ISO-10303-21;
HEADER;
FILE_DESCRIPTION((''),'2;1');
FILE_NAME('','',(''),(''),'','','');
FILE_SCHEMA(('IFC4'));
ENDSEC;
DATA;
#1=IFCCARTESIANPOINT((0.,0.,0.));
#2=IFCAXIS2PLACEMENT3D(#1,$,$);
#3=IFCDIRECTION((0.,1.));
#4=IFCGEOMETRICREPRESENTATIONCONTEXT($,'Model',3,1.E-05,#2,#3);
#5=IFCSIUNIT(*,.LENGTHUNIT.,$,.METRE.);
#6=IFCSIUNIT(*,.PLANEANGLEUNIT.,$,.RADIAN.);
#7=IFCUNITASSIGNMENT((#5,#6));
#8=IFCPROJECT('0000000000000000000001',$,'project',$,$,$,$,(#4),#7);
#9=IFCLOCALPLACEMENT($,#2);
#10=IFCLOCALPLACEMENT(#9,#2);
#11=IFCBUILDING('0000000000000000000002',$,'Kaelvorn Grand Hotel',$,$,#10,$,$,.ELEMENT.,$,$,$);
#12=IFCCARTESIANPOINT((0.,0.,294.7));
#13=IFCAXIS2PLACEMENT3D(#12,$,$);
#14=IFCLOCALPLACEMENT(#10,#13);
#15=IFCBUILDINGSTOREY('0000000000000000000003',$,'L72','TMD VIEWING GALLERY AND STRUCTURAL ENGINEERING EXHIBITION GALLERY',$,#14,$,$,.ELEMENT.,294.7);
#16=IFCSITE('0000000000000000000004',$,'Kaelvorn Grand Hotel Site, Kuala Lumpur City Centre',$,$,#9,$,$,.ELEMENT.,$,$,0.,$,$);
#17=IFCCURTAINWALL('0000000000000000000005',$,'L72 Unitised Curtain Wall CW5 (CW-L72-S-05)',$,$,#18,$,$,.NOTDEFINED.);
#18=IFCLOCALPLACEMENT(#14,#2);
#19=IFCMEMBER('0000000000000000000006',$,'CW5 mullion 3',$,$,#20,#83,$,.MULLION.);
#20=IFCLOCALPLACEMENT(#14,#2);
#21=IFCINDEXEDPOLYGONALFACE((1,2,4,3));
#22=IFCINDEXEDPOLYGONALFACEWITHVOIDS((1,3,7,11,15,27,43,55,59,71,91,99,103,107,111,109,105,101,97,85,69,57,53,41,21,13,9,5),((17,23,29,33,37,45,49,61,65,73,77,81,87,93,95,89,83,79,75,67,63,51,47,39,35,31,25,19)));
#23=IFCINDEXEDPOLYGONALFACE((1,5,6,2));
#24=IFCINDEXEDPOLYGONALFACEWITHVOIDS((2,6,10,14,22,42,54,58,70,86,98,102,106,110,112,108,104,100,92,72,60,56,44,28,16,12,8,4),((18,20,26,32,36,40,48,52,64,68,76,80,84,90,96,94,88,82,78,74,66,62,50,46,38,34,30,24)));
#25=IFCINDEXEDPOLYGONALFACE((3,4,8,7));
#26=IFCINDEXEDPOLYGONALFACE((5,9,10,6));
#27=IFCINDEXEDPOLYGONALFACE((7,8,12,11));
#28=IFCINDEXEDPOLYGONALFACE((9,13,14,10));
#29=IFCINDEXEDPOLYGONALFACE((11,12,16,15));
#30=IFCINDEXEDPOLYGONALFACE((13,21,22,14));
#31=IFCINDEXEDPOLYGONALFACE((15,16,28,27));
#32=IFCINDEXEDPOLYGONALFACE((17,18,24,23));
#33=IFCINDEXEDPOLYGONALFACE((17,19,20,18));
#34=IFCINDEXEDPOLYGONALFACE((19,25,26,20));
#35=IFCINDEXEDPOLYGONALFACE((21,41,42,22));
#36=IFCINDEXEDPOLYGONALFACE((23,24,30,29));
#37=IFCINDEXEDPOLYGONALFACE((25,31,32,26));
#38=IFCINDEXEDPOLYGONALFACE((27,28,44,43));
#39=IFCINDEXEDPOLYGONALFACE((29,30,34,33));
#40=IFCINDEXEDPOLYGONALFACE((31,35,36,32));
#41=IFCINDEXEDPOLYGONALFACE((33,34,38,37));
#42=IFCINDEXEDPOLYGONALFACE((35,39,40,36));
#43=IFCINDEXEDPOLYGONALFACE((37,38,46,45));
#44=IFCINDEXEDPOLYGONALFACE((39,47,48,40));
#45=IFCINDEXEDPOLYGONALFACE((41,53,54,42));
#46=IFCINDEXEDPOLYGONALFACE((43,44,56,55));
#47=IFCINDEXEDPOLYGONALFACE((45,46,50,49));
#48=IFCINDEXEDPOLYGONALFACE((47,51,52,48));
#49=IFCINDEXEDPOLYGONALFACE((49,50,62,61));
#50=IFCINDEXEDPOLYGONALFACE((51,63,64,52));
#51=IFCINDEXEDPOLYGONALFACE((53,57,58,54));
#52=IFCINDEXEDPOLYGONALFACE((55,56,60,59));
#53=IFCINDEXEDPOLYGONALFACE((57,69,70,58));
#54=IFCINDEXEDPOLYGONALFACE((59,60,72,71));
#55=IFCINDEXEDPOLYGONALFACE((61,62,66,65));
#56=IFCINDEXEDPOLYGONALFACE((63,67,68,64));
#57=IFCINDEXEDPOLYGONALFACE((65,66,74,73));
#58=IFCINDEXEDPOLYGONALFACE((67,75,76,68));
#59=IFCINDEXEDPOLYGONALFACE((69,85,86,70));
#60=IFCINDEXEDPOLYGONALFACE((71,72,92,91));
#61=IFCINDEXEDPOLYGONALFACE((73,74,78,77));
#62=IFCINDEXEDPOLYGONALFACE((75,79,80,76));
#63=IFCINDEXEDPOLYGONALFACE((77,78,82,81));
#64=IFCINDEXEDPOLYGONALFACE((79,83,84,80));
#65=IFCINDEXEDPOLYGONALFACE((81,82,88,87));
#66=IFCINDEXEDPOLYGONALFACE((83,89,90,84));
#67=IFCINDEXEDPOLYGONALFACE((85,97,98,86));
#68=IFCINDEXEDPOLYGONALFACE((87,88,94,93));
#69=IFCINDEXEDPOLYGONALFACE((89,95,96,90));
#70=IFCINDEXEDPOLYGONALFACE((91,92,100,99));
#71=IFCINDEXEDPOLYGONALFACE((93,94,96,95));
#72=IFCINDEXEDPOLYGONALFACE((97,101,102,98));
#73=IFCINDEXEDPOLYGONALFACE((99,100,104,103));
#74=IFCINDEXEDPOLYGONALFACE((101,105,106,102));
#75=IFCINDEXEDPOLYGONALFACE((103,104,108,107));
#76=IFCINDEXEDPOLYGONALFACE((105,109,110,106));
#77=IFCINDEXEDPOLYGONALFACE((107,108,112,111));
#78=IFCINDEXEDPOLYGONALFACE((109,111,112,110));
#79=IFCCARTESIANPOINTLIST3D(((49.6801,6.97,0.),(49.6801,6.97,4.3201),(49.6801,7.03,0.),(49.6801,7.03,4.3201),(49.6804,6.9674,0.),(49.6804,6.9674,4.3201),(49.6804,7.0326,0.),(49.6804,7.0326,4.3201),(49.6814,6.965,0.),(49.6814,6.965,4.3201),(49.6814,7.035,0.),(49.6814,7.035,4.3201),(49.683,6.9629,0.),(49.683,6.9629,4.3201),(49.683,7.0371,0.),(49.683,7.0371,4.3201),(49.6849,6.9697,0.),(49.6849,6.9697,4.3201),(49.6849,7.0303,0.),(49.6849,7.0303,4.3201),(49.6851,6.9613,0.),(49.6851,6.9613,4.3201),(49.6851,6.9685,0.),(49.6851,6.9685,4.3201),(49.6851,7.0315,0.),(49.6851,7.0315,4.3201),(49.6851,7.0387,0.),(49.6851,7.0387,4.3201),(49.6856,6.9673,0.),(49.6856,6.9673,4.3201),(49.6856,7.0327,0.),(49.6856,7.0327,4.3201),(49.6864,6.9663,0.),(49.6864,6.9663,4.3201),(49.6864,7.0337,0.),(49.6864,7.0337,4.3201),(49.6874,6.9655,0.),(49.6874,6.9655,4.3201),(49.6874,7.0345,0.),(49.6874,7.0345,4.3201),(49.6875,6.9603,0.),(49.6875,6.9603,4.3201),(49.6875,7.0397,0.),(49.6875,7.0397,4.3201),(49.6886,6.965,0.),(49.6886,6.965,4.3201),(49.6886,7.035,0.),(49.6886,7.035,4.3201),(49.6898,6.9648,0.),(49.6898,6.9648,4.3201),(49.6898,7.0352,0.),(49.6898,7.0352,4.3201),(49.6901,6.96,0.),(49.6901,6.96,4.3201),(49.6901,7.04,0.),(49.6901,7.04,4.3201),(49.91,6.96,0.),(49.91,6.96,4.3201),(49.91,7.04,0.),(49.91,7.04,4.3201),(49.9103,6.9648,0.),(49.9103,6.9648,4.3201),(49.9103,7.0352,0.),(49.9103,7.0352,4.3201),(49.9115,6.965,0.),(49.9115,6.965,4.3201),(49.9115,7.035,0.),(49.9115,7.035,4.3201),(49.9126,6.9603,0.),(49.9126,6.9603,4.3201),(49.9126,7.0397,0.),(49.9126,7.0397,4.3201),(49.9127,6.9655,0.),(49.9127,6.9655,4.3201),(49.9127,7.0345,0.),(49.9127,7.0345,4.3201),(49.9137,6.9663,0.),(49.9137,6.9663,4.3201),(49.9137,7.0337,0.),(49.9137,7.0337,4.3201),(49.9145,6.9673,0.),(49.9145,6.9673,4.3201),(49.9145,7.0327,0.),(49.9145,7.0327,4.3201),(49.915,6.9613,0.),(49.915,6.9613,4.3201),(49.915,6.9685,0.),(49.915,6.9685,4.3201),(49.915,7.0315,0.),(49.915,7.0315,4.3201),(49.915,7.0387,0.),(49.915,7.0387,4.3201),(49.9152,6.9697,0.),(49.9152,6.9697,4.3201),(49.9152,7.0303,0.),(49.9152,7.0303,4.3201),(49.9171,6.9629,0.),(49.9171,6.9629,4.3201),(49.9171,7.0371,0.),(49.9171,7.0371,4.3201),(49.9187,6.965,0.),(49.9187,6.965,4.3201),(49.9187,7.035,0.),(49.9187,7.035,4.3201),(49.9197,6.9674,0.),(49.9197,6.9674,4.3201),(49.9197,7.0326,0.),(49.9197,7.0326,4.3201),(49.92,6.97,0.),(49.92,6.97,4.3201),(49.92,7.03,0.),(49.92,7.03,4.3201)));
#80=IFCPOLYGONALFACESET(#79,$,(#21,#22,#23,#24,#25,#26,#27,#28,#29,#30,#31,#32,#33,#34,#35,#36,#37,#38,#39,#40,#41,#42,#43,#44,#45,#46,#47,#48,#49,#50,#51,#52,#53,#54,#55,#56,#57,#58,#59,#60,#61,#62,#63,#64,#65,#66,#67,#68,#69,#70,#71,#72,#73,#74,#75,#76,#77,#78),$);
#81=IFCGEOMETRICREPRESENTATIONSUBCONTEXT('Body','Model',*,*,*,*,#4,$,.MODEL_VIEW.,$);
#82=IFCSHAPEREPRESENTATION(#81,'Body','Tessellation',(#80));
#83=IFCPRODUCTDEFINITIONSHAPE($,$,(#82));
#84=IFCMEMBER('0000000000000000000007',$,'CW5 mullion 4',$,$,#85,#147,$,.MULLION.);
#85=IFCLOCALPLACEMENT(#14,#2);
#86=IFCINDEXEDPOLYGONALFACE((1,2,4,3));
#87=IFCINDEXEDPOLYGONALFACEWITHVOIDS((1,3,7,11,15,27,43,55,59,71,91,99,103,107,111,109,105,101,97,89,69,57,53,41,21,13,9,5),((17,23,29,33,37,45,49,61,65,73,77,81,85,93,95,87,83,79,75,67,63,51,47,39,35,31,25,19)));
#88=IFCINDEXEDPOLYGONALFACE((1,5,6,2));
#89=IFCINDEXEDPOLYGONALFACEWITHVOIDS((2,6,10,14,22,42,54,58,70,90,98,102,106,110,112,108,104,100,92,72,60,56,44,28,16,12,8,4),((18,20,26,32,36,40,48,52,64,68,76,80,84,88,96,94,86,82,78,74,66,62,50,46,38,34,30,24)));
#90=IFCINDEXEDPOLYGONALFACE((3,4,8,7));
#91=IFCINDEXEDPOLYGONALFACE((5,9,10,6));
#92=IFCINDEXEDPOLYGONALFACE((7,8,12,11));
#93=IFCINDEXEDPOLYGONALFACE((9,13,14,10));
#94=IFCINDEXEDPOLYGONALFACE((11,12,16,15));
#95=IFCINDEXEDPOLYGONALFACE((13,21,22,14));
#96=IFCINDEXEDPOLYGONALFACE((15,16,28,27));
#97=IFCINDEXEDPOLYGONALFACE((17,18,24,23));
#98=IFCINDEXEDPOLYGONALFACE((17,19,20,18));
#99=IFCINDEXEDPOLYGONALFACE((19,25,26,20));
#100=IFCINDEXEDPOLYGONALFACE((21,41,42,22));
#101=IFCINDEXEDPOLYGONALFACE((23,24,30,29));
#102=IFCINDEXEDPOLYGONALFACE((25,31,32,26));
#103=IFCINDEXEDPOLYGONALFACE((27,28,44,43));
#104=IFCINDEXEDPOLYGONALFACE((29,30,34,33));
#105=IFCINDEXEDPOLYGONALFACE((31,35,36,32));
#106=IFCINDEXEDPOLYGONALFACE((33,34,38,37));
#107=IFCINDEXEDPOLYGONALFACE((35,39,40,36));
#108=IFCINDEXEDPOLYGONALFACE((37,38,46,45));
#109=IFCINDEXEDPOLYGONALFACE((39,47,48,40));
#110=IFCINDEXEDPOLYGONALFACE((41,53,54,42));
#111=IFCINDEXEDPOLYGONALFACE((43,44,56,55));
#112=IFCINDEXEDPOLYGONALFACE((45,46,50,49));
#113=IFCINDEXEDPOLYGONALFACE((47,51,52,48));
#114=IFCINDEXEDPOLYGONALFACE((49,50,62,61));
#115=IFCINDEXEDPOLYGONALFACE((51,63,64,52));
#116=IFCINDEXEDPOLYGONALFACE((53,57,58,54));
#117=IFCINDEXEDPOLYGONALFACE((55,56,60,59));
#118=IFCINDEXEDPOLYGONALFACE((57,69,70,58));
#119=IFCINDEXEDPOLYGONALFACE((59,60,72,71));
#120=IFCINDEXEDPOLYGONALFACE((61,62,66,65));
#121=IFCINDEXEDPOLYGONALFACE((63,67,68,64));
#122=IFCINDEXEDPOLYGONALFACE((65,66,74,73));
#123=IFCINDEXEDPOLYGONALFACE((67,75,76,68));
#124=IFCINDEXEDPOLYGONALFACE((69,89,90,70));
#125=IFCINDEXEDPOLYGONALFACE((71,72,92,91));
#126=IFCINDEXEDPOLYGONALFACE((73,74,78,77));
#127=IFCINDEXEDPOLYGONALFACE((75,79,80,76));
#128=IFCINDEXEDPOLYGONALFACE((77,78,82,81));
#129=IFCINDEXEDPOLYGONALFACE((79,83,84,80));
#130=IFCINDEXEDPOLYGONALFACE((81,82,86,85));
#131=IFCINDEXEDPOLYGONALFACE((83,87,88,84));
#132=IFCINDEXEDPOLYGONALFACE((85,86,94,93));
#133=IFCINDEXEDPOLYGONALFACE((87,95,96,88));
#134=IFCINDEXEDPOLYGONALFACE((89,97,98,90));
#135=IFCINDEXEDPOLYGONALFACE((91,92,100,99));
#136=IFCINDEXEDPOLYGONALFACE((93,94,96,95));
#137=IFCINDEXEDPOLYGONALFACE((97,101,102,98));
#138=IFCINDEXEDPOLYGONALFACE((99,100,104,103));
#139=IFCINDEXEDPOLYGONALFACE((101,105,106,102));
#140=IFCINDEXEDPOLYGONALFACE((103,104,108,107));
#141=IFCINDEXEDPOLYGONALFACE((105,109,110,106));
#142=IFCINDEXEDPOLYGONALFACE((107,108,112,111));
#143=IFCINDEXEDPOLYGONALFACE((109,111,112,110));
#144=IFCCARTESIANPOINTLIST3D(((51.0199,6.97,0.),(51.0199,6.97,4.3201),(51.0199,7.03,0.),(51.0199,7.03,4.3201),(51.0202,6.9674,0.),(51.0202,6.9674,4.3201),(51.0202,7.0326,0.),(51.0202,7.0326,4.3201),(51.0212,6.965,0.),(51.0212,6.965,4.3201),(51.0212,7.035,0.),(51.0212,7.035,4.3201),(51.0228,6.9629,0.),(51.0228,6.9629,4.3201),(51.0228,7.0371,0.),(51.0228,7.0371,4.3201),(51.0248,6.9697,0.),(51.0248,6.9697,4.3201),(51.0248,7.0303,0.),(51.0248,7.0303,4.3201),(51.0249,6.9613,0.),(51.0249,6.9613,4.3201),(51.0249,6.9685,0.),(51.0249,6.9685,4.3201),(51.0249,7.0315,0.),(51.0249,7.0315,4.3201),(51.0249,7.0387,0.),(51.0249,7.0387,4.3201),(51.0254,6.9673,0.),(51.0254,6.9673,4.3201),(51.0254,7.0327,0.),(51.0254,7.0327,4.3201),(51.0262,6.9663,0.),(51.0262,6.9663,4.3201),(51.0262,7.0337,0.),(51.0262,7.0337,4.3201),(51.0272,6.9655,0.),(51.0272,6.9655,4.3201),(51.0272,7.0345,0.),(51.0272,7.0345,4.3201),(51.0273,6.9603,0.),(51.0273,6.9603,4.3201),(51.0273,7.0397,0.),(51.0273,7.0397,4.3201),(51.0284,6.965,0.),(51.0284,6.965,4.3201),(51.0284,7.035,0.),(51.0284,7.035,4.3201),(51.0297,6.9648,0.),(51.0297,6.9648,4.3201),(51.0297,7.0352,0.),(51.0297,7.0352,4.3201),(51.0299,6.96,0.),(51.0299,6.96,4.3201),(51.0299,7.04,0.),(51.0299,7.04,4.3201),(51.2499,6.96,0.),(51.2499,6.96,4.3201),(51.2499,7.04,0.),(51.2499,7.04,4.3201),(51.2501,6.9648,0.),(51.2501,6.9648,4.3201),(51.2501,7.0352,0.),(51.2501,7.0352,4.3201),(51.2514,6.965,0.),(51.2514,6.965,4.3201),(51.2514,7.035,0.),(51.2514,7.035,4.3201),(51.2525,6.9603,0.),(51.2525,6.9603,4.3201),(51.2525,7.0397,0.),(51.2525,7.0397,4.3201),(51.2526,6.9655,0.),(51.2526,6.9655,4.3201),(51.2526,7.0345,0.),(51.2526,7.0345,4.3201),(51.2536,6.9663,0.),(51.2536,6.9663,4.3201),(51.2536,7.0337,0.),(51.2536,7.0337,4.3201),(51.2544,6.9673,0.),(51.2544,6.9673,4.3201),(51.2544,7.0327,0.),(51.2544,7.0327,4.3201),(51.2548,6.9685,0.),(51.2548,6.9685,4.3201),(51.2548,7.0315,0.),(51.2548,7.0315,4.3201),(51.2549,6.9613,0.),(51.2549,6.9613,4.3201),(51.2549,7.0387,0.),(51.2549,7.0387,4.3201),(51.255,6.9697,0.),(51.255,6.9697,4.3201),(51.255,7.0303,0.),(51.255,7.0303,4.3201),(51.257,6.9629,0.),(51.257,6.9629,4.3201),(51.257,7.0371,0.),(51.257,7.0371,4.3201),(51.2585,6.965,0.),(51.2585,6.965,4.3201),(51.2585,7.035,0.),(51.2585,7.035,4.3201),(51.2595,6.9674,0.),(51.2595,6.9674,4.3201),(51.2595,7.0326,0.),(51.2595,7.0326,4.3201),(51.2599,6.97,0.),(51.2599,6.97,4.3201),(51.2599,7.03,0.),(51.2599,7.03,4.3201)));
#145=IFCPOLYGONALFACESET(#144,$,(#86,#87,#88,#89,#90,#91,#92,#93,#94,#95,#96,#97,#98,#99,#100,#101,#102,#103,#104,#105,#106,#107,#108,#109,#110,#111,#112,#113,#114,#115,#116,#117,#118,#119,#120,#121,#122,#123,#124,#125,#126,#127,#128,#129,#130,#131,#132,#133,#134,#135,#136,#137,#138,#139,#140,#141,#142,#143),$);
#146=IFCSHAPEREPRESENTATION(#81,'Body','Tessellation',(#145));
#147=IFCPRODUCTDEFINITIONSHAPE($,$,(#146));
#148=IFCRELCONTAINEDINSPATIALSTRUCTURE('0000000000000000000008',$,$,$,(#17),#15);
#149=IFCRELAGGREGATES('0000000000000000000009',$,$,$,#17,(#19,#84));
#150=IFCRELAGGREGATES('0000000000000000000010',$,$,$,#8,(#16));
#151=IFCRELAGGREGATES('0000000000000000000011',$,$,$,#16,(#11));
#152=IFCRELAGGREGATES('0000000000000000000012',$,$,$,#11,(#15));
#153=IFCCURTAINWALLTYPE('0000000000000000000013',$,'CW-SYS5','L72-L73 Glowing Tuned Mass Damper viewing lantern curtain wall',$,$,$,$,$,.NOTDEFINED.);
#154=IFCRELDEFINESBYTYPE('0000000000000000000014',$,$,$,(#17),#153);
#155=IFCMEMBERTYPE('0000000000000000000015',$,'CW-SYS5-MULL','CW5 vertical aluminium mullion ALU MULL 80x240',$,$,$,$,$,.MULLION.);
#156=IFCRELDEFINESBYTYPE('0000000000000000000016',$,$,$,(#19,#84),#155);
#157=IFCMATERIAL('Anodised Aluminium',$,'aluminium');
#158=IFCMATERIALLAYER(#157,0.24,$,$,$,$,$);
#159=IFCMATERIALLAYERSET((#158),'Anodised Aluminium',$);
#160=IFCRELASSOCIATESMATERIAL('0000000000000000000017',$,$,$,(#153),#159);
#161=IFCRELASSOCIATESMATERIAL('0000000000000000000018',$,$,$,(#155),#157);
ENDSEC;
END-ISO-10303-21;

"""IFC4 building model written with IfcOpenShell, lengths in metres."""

from ifc_helpers import new_model, si_unit, direction, frame, origin, origin_2d, place, context, subcontext, project, spatial, hollow_rectangle, extrude, material, layer, layer_set, material_profile, profile_set, type_object, element, aggregate, save


model = new_model("IFC4")

# Units and contexts
model_context = context("Model", 3, precision=1e-05, world=origin(), true_north=direction((0.0, 1.0)))
body_context = subcontext(model_context, "Body", "Model", "MODEL_VIEW")
ifc_project = project(units=[si_unit("LENGTHUNIT", "METRE"), si_unit("PLANEANGLEUNIT", "RADIAN")], contexts=[model_context])

# Site, building, storey
site_placement = place(None, origin())
site = spatial("IfcSite", under=ifc_project, at=site_placement, Name="Kaelvorn Grand Hotel Site, Kuala Lumpur City Centre", CompositionType="ELEMENT", RefElevation=0.0)
building_placement = place(site_placement, origin())
building = spatial("IfcBuilding", under=site, at=building_placement, Name="Kaelvorn Grand Hotel", CompositionType="ELEMENT")
storey_placement = place(building_placement, frame((0.0, 0.0, 294.7)))
storey = spatial("IfcBuildingStorey", under=building, at=storey_placement, Name="L72", Description="TMD VIEWING GALLERY AND STRUCTURAL ENGINEERING EXHIBITION GALLERY", CompositionType="ELEMENT", Elevation=294.7)

# Curtain wall, members
ifc_material_1 = material(Name="Anodised Aluminium", Category="aluminium")
ifc_layer_1 = layer(ifc_material_1, 0.24)
ifc_layer_set_1 = layer_set([ifc_layer_1], Name="Anodised Aluminium")
curtain_wall_type = type_object("IfcCurtainWallType", Name="CW-SYS5", Description="L72-L73 Glowing Tuned Mass Damper viewing lantern curtain wall", PredefinedType="NOTDEFINED", material=ifc_layer_set_1)
curtain_wall_placement = place(storey_placement, origin())
curtain_wall = element("IfcCurtainWall", 1, at=curtain_wall_placement, inside=storey, type_object=curtain_wall_type, Name="L72 Unitised Curtain Wall CW5 (CW-L72-S-05)", PredefinedType="NOTDEFINED")
ifc_material_profile_1 = material_profile(ifc_material_1, hollow_rectangle(XDim=0.0801, YDim=0.24, WallThickness=0.0049, InnerFilletRadius=0.0049, OuterFilletRadius=0.01, at=origin_2d()), Name="ALU MULL 80x240")
ifc_profile_set_1 = profile_set([ifc_material_profile_1], Name="Anodised Aluminium")
member_type_1 = type_object("IfcMemberType", Name="CW-SYS5-MULL", Description="CW5 vertical aluminium mullion ALU MULL 80x240", PredefinedType="MULLION", material=ifc_profile_set_1)
member_1_placement = place(storey_placement, frame((49.8, 7.0, 0.0), z_axis=(0.0, 0.0, 1.0), x_axis=(0.0, 1.0, 0.0)))
member_1 = element("IfcMember", 2, at=member_1_placement, type_object=member_type_1, Name="CW5 mullion 3", PredefinedType="MULLION", context=body_context, shape_type="SweptSolid", body=[
    extrude(hollow_rectangle(XDim=0.0801, YDim=0.24, WallThickness=0.0049, InnerFilletRadius=0.0049, OuterFilletRadius=0.01, at=origin_2d()), origin(), (0.0, 0.0, 1.0), 4.3201),
])
member_2_placement = place(storey_placement, frame((51.1399, 7.0, 0.0), z_axis=(0.0, 0.0, 1.0), x_axis=(0.0, 1.0, 0.0)))
member_2 = element("IfcMember", 3, at=member_2_placement, type_object=member_type_1, Name="CW5 mullion 4", PredefinedType="MULLION", context=body_context, shape_type="SweptSolid", body=[
    extrude(hollow_rectangle(XDim=0.0801, YDim=0.24, WallThickness=0.0049, InnerFilletRadius=0.0049, OuterFilletRadius=0.01, at=origin_2d()), origin(), (0.0, 0.0, 1.0), 4.3201),
])
aggregate(curtain_wall, [member_1, member_2])

save(model, "model.ifc")
